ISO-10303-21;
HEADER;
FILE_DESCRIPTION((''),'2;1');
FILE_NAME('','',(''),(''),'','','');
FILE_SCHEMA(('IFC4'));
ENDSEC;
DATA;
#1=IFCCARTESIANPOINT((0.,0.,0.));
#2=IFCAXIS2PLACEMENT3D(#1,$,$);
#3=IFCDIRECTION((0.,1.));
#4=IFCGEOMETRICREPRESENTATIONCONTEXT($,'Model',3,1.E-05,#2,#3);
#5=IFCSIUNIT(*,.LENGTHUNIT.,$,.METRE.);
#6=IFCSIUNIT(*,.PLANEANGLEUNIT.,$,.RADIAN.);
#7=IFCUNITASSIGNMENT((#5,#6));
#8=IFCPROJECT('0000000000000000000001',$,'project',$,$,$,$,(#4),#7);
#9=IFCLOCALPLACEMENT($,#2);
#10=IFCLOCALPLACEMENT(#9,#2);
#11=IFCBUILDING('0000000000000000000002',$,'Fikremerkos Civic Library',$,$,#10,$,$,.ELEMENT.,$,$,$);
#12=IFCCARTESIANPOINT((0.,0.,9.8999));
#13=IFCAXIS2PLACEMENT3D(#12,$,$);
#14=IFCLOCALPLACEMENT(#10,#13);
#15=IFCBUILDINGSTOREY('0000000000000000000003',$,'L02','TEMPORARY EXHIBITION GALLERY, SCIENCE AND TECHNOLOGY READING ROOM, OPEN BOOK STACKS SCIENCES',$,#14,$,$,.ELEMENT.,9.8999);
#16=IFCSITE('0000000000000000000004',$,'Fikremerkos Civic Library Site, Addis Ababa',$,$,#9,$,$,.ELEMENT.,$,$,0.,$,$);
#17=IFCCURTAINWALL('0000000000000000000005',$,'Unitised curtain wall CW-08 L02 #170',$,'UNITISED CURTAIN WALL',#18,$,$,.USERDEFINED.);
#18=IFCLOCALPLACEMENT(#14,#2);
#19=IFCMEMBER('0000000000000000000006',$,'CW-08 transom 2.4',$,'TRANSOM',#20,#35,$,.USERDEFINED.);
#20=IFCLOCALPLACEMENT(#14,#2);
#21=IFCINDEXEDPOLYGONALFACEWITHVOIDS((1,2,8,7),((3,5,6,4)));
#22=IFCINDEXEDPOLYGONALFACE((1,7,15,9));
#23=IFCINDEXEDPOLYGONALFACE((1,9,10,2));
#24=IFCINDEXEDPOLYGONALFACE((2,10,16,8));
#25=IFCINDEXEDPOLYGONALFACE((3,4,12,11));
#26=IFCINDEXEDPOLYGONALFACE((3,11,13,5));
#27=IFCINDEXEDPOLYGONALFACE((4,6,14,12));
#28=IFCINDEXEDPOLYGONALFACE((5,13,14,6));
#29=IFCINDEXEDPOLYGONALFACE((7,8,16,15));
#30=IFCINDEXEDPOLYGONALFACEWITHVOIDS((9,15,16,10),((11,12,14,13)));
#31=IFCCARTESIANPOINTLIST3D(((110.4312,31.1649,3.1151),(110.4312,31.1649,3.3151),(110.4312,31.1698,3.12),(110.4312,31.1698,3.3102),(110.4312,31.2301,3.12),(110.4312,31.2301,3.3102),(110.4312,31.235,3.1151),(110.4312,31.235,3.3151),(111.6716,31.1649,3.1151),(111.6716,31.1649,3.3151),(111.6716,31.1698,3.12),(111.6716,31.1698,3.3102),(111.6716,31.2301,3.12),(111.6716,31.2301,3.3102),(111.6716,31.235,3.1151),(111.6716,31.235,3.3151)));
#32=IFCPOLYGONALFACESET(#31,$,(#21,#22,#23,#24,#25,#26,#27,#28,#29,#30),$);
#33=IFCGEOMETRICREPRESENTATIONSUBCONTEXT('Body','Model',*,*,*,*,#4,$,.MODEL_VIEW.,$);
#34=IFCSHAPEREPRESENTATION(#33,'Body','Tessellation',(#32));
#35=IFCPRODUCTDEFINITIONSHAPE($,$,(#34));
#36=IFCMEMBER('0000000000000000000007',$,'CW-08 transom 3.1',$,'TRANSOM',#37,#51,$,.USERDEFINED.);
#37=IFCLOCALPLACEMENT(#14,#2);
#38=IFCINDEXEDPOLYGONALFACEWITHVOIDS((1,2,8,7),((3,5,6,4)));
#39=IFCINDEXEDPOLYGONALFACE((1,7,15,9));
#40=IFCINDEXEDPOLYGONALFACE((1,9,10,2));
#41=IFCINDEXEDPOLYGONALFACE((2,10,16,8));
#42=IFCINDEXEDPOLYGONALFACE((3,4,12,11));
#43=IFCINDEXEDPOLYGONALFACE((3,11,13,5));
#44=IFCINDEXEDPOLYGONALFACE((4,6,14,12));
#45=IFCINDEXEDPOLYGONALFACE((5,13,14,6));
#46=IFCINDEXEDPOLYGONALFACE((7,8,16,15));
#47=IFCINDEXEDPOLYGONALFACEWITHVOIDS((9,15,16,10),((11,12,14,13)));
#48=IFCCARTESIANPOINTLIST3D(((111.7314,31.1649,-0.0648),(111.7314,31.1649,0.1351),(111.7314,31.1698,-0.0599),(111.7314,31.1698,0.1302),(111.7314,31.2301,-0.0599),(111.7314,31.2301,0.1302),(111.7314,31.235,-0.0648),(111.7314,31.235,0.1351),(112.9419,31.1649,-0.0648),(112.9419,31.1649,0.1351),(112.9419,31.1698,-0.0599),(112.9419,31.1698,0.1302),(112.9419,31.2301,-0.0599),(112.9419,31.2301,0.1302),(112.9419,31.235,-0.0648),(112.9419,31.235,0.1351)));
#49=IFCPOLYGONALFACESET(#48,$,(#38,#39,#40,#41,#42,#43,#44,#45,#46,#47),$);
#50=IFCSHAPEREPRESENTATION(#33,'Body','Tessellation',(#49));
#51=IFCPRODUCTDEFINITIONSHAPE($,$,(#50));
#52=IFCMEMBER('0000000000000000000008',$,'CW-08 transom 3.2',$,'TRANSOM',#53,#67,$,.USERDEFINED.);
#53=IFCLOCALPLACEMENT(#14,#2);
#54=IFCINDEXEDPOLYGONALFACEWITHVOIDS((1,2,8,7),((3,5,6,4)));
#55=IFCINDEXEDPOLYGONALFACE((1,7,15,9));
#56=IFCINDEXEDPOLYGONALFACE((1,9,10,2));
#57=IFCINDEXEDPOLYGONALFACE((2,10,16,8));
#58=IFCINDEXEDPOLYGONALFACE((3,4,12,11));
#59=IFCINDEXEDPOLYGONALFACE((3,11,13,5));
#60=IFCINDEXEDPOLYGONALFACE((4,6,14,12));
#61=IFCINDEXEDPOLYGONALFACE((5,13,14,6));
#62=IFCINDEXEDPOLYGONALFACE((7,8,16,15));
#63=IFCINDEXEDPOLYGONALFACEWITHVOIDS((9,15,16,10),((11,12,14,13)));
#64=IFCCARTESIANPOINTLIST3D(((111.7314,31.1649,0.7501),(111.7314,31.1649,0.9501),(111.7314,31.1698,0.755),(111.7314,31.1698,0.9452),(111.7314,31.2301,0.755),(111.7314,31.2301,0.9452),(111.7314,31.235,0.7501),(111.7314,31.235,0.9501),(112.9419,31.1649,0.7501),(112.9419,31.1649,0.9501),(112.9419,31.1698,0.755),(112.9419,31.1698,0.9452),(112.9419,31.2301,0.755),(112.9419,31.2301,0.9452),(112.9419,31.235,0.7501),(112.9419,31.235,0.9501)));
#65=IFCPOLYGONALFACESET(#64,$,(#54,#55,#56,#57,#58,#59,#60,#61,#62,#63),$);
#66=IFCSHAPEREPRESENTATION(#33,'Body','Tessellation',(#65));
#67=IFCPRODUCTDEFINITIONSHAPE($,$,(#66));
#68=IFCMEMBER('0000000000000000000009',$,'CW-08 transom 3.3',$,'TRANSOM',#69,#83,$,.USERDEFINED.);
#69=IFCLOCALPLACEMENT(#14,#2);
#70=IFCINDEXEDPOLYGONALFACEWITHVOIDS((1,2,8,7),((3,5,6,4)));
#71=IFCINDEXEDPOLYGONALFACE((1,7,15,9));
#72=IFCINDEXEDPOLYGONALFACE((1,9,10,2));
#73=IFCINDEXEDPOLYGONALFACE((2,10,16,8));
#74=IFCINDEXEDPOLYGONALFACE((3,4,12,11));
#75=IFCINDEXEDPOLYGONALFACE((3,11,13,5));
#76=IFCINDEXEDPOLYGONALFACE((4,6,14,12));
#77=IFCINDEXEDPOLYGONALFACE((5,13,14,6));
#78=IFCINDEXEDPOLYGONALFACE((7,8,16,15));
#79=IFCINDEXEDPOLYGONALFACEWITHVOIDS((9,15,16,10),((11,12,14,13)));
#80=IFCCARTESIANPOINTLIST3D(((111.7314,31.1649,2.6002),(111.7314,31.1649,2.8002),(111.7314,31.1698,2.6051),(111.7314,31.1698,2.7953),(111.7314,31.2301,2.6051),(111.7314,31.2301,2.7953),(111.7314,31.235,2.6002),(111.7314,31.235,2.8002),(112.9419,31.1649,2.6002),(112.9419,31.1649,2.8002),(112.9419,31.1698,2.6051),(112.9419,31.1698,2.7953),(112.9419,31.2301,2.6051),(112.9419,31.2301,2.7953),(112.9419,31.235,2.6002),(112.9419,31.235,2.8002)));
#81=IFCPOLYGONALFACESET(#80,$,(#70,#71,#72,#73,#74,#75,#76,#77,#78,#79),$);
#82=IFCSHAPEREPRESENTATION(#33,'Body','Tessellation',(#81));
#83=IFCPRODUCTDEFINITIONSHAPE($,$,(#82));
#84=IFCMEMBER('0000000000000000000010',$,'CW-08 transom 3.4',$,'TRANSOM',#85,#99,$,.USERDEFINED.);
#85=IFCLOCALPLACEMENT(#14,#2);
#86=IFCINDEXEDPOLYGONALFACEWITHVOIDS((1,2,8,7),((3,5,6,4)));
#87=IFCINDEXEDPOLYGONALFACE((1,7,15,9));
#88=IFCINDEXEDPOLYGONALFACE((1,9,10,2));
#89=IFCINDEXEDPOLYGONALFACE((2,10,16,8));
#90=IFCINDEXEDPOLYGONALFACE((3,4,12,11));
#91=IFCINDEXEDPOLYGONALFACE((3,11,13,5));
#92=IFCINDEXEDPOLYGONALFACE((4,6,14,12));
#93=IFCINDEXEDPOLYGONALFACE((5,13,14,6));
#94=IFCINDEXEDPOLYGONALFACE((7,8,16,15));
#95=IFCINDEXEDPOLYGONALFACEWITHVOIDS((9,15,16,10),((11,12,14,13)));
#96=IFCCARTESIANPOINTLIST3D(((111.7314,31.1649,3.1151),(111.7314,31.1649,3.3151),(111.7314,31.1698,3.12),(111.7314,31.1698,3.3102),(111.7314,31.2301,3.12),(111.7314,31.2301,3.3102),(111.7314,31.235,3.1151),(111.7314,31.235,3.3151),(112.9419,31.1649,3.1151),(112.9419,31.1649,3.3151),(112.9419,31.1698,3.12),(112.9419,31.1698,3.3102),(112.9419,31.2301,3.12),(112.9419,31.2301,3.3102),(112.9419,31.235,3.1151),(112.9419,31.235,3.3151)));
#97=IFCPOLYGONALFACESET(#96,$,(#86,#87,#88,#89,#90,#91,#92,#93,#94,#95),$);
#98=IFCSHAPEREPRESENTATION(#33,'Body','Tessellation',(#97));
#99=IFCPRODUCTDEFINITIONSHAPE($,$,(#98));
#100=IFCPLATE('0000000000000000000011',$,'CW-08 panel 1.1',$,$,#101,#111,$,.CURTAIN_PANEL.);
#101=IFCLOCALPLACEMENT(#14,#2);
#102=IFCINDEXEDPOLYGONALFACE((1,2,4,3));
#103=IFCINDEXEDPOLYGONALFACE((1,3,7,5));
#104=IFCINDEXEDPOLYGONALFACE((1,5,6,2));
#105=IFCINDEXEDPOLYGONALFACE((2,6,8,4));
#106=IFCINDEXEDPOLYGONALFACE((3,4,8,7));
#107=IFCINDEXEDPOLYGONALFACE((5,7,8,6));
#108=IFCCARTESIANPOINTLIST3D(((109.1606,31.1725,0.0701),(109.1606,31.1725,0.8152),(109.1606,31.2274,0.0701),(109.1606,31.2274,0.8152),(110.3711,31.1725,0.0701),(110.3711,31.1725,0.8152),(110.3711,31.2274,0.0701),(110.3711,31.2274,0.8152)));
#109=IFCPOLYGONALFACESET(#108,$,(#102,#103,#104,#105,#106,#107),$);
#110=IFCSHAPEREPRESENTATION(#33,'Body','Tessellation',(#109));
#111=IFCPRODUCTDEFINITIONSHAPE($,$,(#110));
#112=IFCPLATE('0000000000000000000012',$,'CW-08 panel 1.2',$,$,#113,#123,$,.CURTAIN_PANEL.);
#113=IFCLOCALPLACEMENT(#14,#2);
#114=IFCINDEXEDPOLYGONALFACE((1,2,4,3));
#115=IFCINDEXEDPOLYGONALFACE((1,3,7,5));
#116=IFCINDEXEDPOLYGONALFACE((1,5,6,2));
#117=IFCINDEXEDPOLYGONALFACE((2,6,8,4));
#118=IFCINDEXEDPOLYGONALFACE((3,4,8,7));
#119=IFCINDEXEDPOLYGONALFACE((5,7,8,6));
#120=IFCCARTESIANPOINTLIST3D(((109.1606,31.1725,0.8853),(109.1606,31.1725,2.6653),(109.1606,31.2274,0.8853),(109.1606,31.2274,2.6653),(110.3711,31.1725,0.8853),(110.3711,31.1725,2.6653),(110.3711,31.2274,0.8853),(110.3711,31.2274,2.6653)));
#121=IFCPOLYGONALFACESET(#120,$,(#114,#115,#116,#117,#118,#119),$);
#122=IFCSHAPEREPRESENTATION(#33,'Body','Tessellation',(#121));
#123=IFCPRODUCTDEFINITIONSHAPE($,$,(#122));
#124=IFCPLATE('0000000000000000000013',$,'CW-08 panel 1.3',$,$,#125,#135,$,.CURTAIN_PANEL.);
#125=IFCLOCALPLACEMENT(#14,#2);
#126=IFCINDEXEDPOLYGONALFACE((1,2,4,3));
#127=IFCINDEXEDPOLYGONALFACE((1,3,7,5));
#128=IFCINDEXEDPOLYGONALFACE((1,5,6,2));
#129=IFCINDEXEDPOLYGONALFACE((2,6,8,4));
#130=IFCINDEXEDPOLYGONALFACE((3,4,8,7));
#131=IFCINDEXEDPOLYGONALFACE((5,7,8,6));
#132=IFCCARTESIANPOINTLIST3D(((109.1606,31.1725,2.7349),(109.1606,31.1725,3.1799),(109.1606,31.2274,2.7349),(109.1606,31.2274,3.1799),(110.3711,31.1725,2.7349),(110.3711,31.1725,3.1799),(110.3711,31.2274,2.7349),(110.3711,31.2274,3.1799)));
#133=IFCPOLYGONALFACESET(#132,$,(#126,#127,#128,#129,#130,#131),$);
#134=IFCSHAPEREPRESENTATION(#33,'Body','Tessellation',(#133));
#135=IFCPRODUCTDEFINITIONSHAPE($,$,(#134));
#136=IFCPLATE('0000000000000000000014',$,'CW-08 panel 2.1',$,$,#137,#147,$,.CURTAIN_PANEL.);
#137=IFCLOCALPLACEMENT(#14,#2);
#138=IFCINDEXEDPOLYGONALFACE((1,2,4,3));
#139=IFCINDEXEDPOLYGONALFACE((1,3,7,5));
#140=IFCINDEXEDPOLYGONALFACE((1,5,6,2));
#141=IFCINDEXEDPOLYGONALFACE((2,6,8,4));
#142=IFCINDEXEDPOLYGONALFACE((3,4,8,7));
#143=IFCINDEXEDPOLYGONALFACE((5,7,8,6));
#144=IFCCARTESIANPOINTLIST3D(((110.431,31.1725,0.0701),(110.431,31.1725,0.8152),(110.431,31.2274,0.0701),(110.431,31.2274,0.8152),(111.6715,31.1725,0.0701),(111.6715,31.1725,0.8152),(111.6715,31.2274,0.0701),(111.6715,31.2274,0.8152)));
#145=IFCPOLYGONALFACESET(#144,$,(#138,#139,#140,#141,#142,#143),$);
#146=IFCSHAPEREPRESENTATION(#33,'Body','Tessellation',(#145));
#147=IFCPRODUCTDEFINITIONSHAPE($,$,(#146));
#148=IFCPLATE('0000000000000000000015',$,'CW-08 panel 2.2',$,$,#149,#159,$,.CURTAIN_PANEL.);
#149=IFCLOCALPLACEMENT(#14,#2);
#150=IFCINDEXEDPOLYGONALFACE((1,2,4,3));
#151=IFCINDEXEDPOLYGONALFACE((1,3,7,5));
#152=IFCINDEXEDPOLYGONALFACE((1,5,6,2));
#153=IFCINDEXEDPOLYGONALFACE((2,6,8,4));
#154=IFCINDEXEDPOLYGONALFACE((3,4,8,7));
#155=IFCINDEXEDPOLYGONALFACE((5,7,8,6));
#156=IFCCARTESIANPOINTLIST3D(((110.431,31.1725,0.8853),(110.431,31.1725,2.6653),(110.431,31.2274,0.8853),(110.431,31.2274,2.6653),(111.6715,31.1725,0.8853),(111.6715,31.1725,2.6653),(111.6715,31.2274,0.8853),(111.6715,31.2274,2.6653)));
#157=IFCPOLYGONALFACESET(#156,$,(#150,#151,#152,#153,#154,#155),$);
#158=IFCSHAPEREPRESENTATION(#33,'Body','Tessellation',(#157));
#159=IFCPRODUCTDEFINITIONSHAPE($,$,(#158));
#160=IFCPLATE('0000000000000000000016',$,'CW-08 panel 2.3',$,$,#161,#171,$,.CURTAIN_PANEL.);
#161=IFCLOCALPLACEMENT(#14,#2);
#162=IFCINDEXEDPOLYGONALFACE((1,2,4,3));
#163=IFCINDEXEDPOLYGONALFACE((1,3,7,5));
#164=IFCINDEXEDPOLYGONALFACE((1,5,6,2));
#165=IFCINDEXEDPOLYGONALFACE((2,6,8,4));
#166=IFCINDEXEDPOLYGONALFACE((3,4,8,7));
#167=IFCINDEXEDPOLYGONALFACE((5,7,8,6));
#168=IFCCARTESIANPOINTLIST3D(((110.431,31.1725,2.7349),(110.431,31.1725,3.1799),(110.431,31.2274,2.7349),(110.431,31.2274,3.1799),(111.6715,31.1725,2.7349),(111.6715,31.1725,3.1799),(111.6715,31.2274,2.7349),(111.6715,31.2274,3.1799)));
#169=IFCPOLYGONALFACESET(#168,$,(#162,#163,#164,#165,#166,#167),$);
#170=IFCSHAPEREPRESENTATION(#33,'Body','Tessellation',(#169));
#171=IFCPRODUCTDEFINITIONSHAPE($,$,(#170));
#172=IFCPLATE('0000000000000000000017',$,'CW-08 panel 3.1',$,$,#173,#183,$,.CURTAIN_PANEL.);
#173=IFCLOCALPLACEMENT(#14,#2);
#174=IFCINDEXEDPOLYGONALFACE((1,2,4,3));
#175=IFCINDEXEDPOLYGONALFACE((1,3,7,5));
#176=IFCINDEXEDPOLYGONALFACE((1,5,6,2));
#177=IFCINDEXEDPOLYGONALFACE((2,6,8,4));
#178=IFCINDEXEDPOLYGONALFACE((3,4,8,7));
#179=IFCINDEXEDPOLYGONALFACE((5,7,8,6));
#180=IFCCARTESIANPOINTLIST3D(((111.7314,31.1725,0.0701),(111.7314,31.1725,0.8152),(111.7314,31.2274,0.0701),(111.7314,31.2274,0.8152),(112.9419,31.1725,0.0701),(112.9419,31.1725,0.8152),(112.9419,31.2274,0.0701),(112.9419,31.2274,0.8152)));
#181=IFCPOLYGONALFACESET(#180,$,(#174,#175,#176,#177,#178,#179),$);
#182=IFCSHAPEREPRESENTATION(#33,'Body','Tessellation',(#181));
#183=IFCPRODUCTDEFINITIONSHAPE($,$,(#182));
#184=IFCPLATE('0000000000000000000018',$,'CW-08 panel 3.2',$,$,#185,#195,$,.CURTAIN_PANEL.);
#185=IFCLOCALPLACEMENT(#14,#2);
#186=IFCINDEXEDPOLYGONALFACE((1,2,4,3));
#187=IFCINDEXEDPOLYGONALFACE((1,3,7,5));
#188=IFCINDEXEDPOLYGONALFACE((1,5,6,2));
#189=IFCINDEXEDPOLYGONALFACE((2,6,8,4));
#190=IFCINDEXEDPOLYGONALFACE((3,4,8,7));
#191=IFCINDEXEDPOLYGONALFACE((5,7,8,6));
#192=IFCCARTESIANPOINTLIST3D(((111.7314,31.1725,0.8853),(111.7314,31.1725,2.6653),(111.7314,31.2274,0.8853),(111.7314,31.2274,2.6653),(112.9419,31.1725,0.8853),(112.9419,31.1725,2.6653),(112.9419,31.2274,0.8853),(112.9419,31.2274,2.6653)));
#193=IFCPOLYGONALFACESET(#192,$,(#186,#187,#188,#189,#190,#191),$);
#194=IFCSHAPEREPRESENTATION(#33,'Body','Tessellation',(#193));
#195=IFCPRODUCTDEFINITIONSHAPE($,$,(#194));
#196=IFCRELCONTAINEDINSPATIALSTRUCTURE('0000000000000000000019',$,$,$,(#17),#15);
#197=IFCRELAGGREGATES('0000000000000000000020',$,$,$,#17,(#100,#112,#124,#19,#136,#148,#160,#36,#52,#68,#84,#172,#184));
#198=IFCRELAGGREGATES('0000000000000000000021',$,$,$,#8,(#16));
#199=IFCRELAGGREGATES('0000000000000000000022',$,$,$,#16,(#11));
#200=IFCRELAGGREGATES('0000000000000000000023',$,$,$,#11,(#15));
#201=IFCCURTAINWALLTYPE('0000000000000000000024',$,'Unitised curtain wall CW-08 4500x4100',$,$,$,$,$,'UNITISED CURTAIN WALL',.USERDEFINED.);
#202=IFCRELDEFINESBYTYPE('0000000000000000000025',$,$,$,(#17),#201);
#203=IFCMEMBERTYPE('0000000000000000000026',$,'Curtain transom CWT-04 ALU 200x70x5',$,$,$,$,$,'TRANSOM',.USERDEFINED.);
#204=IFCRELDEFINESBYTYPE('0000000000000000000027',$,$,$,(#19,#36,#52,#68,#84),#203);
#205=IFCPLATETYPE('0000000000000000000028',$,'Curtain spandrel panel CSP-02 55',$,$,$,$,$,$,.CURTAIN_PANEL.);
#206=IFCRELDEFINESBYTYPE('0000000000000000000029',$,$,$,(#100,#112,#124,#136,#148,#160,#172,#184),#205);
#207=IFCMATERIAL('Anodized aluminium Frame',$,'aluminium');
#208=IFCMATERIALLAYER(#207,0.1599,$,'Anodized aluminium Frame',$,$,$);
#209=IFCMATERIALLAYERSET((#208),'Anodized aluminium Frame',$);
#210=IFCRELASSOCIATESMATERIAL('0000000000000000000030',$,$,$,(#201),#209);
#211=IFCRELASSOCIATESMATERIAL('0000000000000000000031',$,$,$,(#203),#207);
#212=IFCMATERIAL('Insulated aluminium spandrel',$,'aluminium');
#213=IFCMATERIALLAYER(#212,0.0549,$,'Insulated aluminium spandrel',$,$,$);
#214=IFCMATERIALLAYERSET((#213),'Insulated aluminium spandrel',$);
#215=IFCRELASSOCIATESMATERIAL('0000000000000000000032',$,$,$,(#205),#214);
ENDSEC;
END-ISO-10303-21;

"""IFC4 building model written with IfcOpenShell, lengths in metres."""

from ifc_helpers import new_model, si_unit, direction, frame, origin, origin_2d, place, context, subcontext, project, spatial, rectangle, hollow_rectangle, extrude, material, layer, layer_set, material_profile, profile_set, type_object, element, aggregate, save


model = new_model("IFC4")

# Units and contexts
model_context = context("Model", 3, precision=1e-05, world=origin(), true_north=direction((0.0, 1.0)))
body_context = subcontext(model_context, "Body", "Model", "MODEL_VIEW")
ifc_project = project(units=[si_unit("LENGTHUNIT", "METRE"), si_unit("PLANEANGLEUNIT", "RADIAN")], contexts=[model_context])

# Site, building, storey
site_placement = place(None, origin())
site = spatial("IfcSite", under=ifc_project, at=site_placement, Name="Fikremerkos Civic Library Site, Addis Ababa", CompositionType="ELEMENT", RefElevation=0.0)
building_placement = place(site_placement, origin())
building = spatial("IfcBuilding", under=site, at=building_placement, Name="Fikremerkos Civic Library", CompositionType="ELEMENT")
storey_placement = place(building_placement, frame((0.0, 0.0, 9.8999)))
storey = spatial("IfcBuildingStorey", under=building, at=storey_placement, Name="L02", Description="TEMPORARY EXHIBITION GALLERY, SCIENCE AND TECHNOLOGY READING ROOM, OPEN BOOK STACKS SCIENCES", CompositionType="ELEMENT", Elevation=9.8999)

# Curtain wall, members, plates
ifc_material_1 = material(Name="Anodized aluminium Frame", Category="aluminium")
ifc_layer_1 = layer(ifc_material_1, 0.1599, Name="Anodized aluminium Frame")
ifc_layer_set_1 = layer_set([ifc_layer_1], Name="Anodized aluminium Frame")
curtain_wall_type = type_object("IfcCurtainWallType", Name="Unitised curtain wall CW-08 4500x4100", ElementType="UNITISED CURTAIN WALL", PredefinedType="USERDEFINED", material=ifc_layer_set_1)
curtain_wall_placement = place(storey_placement, origin())
curtain_wall = element("IfcCurtainWall", 1, at=curtain_wall_placement, inside=storey, type_object=curtain_wall_type, Name="Unitised curtain wall CW-08 L02 #170", ObjectType="UNITISED CURTAIN WALL", PredefinedType="USERDEFINED")
ifc_material_profile_1 = material_profile(ifc_material_1, hollow_rectangle(XDim=0.0701, YDim=0.2, WallThickness=0.0049, at=origin_2d()), Name="ALU 200x70x5")
ifc_profile_set_1 = profile_set([ifc_material_profile_1], Name="Anodized aluminium Frame")
member_type_1 = type_object("IfcMemberType", Name="Curtain transom CWT-04 ALU 200x70x5", ElementType="TRANSOM", PredefinedType="USERDEFINED", material=ifc_profile_set_1)
member_1_placement = place(storey_placement, frame((110.4312, 31.2, 3.2151), z_axis=(1.0, 0.0, 0.0), x_axis=(0.0, 1.0, 0.0)))
member_1 = element("IfcMember", 2, at=member_1_placement, type_object=member_type_1, Name="CW-08 transom 2.4", ObjectType="TRANSOM", PredefinedType="USERDEFINED", context=body_context, shape_type="SweptSolid", body=[
    extrude(hollow_rectangle(XDim=0.0701, YDim=0.2, WallThickness=0.0049, at=origin_2d()), origin(), (0.0, 0.0, 1.0), 1.2405),
])
member_2_placement = place(storey_placement, frame((111.7314, 31.2, 0.0352), z_axis=(1.0, 0.0, 0.0), x_axis=(0.0, 1.0, 0.0)))
member_2 = element("IfcMember", 3, at=member_2_placement, type_object=member_type_1, Name="CW-08 transom 3.1", ObjectType="TRANSOM", PredefinedType="USERDEFINED", context=body_context, shape_type="SweptSolid", body=[
    extrude(hollow_rectangle(XDim=0.0701, YDim=0.2, WallThickness=0.0049, at=origin_2d()), origin(), (0.0, 0.0, 1.0), 1.2104),
])
member_3_placement = place(storey_placement, frame((111.7314, 31.2, 0.8501), z_axis=(1.0, 0.0, 0.0), x_axis=(0.0, 1.0, 0.0)))
member_3 = element("IfcMember", 4, at=member_3_placement, type_object=member_type_1, Name="CW-08 transom 3.2", ObjectType="TRANSOM", PredefinedType="USERDEFINED", context=body_context, shape_type="SweptSolid", body=[
    extrude(hollow_rectangle(XDim=0.0701, YDim=0.2, WallThickness=0.0049, at=origin_2d()), origin(), (0.0, 0.0, 1.0), 1.2104),
])
member_4_placement = place(storey_placement, frame((111.7314, 31.2, 2.7002), z_axis=(1.0, 0.0, 0.0), x_axis=(0.0, 1.0, 0.0)))
member_4 = element("IfcMember", 5, at=member_4_placement, type_object=member_type_1, Name="CW-08 transom 3.3", ObjectType="TRANSOM", PredefinedType="USERDEFINED", context=body_context, shape_type="SweptSolid", body=[
    extrude(hollow_rectangle(XDim=0.0701, YDim=0.2, WallThickness=0.0049, at=origin_2d()), origin(), (0.0, 0.0, 1.0), 1.2104),
])
member_5_placement = place(storey_placement, frame((111.7314, 31.2, 3.2151), z_axis=(1.0, 0.0, 0.0), x_axis=(0.0, 1.0, 0.0)))
member_5 = element("IfcMember", 6, at=member_5_placement, type_object=member_type_1, Name="CW-08 transom 3.4", ObjectType="TRANSOM", PredefinedType="USERDEFINED", context=body_context, shape_type="SweptSolid", body=[
    extrude(hollow_rectangle(XDim=0.0701, YDim=0.2, WallThickness=0.0049, at=origin_2d()), origin(), (0.0, 0.0, 1.0), 1.2104),
])
ifc_material_2 = material(Name="Insulated aluminium spandrel", Category="aluminium")
ifc_layer_2 = layer(ifc_material_2, 0.0549, Name="Insulated aluminium spandrel")
ifc_layer_set_2 = layer_set([ifc_layer_2], Name="Insulated aluminium spandrel")
plate_type = type_object("IfcPlateType", Name="Curtain spandrel panel CSP-02 55", PredefinedType="CURTAIN_PANEL", material=ifc_layer_set_2)
plate_1_placement = place(storey_placement, frame((109.7659, 31.2, 0.0701), z_axis=(0.0, 0.0, 1.0), x_axis=(1.0, 0.0, 0.0)))
plate_1 = element("IfcPlate", 7, at=plate_1_placement, type_object=plate_type, Name="CW-08 panel 1.1", PredefinedType="CURTAIN_PANEL", context=body_context, shape_type="SweptSolid", body=[
    extrude(rectangle(XDim=1.2104, YDim=0.0549, at=origin_2d()), origin(), (0.0, 0.0, 1.0), 0.7451),
])
plate_2_placement = place(storey_placement, frame((109.7659, 31.2, 0.8853), z_axis=(0.0, 0.0, 1.0), x_axis=(1.0, 0.0, 0.0)))
plate_2 = element("IfcPlate", 8, at=plate_2_placement, type_object=plate_type, Name="CW-08 panel 1.2", PredefinedType="CURTAIN_PANEL", context=body_context, shape_type="SweptSolid", body=[
    extrude(rectangle(XDim=1.2104, YDim=0.0549, at=origin_2d()), origin(), (0.0, 0.0, 1.0), 1.78),
])
plate_3_placement = place(storey_placement, frame((109.7659, 31.2, 2.7349), z_axis=(0.0, 0.0, 1.0), x_axis=(1.0, 0.0, 0.0)))
plate_3 = element("IfcPlate", 9, at=plate_3_placement, type_object=plate_type, Name="CW-08 panel 1.3", PredefinedType="CURTAIN_PANEL", context=body_context, shape_type="SweptSolid", body=[
    extrude(rectangle(XDim=1.2104, YDim=0.0549, at=origin_2d()), origin(), (0.0, 0.0, 1.0), 0.4451),
])
plate_4_placement = place(storey_placement, frame((111.0513, 31.2, 0.0701), z_axis=(0.0, 0.0, 1.0), x_axis=(1.0, 0.0, 0.0)))
plate_4 = element("IfcPlate", 10, at=plate_4_placement, type_object=plate_type, Name="CW-08 panel 2.1", PredefinedType="CURTAIN_PANEL", context=body_context, shape_type="SweptSolid", body=[
    extrude(rectangle(XDim=1.2405, YDim=0.0549, at=origin_2d()), origin(), (0.0, 0.0, 1.0), 0.7451),
])
plate_5_placement = place(storey_placement, frame((111.0513, 31.2, 0.8853), z_axis=(0.0, 0.0, 1.0), x_axis=(1.0, 0.0, 0.0)))
plate_5 = element("IfcPlate", 11, at=plate_5_placement, type_object=plate_type, Name="CW-08 panel 2.2", PredefinedType="CURTAIN_PANEL", context=body_context, shape_type="SweptSolid", body=[
    extrude(rectangle(XDim=1.2405, YDim=0.0549, at=origin_2d()), origin(), (0.0, 0.0, 1.0), 1.78),
])
plate_6_placement = place(storey_placement, frame((111.0513, 31.2, 2.7349), z_axis=(0.0, 0.0, 1.0), x_axis=(1.0, 0.0, 0.0)))
plate_6 = element("IfcPlate", 12, at=plate_6_placement, type_object=plate_type, Name="CW-08 panel 2.3", PredefinedType="CURTAIN_PANEL", context=body_context, shape_type="SweptSolid", body=[
    extrude(rectangle(XDim=1.2405, YDim=0.0549, at=origin_2d()), origin(), (0.0, 0.0, 1.0), 0.4451),
])
plate_7_placement = place(storey_placement, frame((112.3367, 31.2, 0.0701), z_axis=(0.0, 0.0, 1.0), x_axis=(1.0, 0.0, 0.0)))
plate_7 = element("IfcPlate", 13, at=plate_7_placement, type_object=plate_type, Name="CW-08 panel 3.1", PredefinedType="CURTAIN_PANEL", context=body_context, shape_type="SweptSolid", body=[
    extrude(rectangle(XDim=1.2104, YDim=0.0549, at=origin_2d()), origin(), (0.0, 0.0, 1.0), 0.7451),
])
plate_8_placement = place(storey_placement, frame((112.3367, 31.2, 0.8853), z_axis=(0.0, 0.0, 1.0), x_axis=(1.0, 0.0, 0.0)))
plate_8 = element("IfcPlate", 14, at=plate_8_placement, type_object=plate_type, Name="CW-08 panel 3.2", PredefinedType="CURTAIN_PANEL", context=body_context, shape_type="SweptSolid", body=[
    extrude(rectangle(XDim=1.2104, YDim=0.0549, at=origin_2d()), origin(), (0.0, 0.0, 1.0), 1.78),
])
aggregate(curtain_wall, [plate_1, plate_2, plate_3, member_1, plate_4, plate_5, plate_6, member_2, member_3, member_4, member_5, plate_7, plate_8])

save(model, "model.ifc")
